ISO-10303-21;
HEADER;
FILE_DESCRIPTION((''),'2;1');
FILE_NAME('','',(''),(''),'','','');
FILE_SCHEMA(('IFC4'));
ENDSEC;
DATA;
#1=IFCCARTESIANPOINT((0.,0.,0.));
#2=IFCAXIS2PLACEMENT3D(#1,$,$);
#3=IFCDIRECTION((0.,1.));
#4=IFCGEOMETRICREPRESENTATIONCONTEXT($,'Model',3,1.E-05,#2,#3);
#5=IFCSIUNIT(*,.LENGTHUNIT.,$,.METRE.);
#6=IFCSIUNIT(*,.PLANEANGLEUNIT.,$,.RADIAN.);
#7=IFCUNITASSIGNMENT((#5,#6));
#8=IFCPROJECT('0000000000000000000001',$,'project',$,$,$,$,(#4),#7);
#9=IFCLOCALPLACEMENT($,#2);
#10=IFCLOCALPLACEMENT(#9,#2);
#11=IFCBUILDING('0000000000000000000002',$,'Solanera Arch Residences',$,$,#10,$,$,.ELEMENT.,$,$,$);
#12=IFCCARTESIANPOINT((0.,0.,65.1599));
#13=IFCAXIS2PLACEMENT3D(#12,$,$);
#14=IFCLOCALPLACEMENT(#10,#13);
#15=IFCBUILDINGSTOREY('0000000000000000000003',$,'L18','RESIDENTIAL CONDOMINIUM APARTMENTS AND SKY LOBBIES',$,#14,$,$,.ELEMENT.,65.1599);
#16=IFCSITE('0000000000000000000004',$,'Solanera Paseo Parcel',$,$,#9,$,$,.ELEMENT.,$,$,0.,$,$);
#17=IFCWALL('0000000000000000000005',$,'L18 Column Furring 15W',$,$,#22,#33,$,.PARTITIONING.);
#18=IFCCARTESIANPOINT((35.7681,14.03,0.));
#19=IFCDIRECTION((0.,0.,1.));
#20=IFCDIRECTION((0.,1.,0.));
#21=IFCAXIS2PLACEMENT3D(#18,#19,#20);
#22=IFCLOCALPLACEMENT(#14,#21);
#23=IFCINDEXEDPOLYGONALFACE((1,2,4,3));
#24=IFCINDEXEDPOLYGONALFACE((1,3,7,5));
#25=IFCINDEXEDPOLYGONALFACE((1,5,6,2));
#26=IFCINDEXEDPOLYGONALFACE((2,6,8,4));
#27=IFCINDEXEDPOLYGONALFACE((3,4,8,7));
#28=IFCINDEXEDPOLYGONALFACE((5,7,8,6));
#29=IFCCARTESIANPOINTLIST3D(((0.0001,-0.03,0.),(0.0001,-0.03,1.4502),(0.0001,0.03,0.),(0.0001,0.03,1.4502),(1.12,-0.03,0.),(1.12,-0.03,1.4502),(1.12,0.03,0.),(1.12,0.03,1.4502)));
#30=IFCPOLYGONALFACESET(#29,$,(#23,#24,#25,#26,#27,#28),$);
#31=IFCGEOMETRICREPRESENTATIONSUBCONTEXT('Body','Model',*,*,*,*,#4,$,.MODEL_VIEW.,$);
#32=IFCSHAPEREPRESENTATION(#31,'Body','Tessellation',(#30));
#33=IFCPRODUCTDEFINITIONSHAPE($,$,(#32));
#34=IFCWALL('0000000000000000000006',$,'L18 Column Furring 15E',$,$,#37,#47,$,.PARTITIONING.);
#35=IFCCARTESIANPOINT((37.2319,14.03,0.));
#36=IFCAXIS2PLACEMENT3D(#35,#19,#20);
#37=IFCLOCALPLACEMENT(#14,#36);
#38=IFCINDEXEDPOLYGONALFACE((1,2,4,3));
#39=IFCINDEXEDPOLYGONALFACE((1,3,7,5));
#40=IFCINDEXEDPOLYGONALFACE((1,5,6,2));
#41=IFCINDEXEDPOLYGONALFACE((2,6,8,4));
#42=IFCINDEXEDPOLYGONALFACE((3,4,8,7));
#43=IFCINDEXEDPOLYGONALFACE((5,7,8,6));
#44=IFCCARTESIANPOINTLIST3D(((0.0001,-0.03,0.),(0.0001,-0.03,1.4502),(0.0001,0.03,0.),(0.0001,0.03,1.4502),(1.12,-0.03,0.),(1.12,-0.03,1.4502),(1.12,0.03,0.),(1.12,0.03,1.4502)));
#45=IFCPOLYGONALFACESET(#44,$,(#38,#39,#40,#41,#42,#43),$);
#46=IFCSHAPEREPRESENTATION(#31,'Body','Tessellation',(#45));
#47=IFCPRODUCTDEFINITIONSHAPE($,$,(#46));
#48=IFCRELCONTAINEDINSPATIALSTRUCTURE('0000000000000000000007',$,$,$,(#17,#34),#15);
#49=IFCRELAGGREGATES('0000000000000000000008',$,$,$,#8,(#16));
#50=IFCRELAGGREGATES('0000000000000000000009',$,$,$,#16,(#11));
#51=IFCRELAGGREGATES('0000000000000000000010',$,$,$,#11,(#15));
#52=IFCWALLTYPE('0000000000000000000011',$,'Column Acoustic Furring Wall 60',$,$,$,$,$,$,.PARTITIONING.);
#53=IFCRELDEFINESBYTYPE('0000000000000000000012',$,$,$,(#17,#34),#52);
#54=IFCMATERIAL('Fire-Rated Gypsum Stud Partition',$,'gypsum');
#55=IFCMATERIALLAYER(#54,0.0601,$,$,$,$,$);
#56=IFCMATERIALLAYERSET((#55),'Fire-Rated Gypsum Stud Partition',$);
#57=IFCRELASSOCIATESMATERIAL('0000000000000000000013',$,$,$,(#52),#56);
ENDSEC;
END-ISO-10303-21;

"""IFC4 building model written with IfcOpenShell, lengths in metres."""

from ifc_helpers import new_model, si_unit, direction, frame, frame_2d, origin, place, context, subcontext, project, spatial, rectangle, extrude, material, layer, layer_set, type_object, element, save


model = new_model("IFC4")

# Units and contexts
model_context = context("Model", 3, precision=1e-05, world=origin(), true_north=direction((0.0, 1.0)))
body_context = subcontext(model_context, "Body", "Model", "MODEL_VIEW")
ifc_project = project(units=[si_unit("LENGTHUNIT", "METRE"), si_unit("PLANEANGLEUNIT", "RADIAN")], contexts=[model_context])

# Site, building, storey
site_placement = place(None, origin())
site = spatial("IfcSite", under=ifc_project, at=site_placement, Name="Solanera Paseo Parcel", CompositionType="ELEMENT", RefElevation=0.0)
building_placement = place(site_placement, origin())
building = spatial("IfcBuilding", under=site, at=building_placement, Name="Solanera Arch Residences", CompositionType="ELEMENT")
storey_placement = place(building_placement, frame((0.0, 0.0, 65.1599)))
storey = spatial("IfcBuildingStorey", under=building, at=storey_placement, Name="L18", Description="RESIDENTIAL CONDOMINIUM APARTMENTS AND SKY LOBBIES", CompositionType="ELEMENT", Elevation=65.1599)

# Walls
ifc_material_1 = material(Name="Fire-Rated Gypsum Stud Partition", Category="gypsum")
ifc_layer_1 = layer(ifc_material_1, 0.0601)
ifc_layer_set_1 = layer_set([ifc_layer_1], Name="Fire-Rated Gypsum Stud Partition")
wall_type_1 = type_object("IfcWallType", Name="Column Acoustic Furring Wall 60", PredefinedType="PARTITIONING", material=ifc_layer_set_1)
for number, where, z_axis, x_axis, name in (
    (1, (35.7681, 14.03, 0.0), (0.0, 0.0, 1.0), (0.0, 1.0, 0.0), "L18 Column Furring 15W"),
    (2, (37.2319, 14.03, 0.0), (0.0, 0.0, 1.0), (0.0, 1.0, 0.0), "L18 Column Furring 15E"),
):
    element("IfcWall", number, at=place(storey_placement, frame(where, z_axis=z_axis, x_axis=x_axis)), inside=storey, type_object=wall_type_1, Name=name, PredefinedType="PARTITIONING", context=body_context, shape_type="SweptSolid", body=[
        extrude(rectangle(XDim=1.1199, YDim=0.0601, at=frame_2d((0.5601, 0.0))), origin(), (0.0, 0.0, 1.0), 1.4502),
    ])

save(model, "model.ifc")
